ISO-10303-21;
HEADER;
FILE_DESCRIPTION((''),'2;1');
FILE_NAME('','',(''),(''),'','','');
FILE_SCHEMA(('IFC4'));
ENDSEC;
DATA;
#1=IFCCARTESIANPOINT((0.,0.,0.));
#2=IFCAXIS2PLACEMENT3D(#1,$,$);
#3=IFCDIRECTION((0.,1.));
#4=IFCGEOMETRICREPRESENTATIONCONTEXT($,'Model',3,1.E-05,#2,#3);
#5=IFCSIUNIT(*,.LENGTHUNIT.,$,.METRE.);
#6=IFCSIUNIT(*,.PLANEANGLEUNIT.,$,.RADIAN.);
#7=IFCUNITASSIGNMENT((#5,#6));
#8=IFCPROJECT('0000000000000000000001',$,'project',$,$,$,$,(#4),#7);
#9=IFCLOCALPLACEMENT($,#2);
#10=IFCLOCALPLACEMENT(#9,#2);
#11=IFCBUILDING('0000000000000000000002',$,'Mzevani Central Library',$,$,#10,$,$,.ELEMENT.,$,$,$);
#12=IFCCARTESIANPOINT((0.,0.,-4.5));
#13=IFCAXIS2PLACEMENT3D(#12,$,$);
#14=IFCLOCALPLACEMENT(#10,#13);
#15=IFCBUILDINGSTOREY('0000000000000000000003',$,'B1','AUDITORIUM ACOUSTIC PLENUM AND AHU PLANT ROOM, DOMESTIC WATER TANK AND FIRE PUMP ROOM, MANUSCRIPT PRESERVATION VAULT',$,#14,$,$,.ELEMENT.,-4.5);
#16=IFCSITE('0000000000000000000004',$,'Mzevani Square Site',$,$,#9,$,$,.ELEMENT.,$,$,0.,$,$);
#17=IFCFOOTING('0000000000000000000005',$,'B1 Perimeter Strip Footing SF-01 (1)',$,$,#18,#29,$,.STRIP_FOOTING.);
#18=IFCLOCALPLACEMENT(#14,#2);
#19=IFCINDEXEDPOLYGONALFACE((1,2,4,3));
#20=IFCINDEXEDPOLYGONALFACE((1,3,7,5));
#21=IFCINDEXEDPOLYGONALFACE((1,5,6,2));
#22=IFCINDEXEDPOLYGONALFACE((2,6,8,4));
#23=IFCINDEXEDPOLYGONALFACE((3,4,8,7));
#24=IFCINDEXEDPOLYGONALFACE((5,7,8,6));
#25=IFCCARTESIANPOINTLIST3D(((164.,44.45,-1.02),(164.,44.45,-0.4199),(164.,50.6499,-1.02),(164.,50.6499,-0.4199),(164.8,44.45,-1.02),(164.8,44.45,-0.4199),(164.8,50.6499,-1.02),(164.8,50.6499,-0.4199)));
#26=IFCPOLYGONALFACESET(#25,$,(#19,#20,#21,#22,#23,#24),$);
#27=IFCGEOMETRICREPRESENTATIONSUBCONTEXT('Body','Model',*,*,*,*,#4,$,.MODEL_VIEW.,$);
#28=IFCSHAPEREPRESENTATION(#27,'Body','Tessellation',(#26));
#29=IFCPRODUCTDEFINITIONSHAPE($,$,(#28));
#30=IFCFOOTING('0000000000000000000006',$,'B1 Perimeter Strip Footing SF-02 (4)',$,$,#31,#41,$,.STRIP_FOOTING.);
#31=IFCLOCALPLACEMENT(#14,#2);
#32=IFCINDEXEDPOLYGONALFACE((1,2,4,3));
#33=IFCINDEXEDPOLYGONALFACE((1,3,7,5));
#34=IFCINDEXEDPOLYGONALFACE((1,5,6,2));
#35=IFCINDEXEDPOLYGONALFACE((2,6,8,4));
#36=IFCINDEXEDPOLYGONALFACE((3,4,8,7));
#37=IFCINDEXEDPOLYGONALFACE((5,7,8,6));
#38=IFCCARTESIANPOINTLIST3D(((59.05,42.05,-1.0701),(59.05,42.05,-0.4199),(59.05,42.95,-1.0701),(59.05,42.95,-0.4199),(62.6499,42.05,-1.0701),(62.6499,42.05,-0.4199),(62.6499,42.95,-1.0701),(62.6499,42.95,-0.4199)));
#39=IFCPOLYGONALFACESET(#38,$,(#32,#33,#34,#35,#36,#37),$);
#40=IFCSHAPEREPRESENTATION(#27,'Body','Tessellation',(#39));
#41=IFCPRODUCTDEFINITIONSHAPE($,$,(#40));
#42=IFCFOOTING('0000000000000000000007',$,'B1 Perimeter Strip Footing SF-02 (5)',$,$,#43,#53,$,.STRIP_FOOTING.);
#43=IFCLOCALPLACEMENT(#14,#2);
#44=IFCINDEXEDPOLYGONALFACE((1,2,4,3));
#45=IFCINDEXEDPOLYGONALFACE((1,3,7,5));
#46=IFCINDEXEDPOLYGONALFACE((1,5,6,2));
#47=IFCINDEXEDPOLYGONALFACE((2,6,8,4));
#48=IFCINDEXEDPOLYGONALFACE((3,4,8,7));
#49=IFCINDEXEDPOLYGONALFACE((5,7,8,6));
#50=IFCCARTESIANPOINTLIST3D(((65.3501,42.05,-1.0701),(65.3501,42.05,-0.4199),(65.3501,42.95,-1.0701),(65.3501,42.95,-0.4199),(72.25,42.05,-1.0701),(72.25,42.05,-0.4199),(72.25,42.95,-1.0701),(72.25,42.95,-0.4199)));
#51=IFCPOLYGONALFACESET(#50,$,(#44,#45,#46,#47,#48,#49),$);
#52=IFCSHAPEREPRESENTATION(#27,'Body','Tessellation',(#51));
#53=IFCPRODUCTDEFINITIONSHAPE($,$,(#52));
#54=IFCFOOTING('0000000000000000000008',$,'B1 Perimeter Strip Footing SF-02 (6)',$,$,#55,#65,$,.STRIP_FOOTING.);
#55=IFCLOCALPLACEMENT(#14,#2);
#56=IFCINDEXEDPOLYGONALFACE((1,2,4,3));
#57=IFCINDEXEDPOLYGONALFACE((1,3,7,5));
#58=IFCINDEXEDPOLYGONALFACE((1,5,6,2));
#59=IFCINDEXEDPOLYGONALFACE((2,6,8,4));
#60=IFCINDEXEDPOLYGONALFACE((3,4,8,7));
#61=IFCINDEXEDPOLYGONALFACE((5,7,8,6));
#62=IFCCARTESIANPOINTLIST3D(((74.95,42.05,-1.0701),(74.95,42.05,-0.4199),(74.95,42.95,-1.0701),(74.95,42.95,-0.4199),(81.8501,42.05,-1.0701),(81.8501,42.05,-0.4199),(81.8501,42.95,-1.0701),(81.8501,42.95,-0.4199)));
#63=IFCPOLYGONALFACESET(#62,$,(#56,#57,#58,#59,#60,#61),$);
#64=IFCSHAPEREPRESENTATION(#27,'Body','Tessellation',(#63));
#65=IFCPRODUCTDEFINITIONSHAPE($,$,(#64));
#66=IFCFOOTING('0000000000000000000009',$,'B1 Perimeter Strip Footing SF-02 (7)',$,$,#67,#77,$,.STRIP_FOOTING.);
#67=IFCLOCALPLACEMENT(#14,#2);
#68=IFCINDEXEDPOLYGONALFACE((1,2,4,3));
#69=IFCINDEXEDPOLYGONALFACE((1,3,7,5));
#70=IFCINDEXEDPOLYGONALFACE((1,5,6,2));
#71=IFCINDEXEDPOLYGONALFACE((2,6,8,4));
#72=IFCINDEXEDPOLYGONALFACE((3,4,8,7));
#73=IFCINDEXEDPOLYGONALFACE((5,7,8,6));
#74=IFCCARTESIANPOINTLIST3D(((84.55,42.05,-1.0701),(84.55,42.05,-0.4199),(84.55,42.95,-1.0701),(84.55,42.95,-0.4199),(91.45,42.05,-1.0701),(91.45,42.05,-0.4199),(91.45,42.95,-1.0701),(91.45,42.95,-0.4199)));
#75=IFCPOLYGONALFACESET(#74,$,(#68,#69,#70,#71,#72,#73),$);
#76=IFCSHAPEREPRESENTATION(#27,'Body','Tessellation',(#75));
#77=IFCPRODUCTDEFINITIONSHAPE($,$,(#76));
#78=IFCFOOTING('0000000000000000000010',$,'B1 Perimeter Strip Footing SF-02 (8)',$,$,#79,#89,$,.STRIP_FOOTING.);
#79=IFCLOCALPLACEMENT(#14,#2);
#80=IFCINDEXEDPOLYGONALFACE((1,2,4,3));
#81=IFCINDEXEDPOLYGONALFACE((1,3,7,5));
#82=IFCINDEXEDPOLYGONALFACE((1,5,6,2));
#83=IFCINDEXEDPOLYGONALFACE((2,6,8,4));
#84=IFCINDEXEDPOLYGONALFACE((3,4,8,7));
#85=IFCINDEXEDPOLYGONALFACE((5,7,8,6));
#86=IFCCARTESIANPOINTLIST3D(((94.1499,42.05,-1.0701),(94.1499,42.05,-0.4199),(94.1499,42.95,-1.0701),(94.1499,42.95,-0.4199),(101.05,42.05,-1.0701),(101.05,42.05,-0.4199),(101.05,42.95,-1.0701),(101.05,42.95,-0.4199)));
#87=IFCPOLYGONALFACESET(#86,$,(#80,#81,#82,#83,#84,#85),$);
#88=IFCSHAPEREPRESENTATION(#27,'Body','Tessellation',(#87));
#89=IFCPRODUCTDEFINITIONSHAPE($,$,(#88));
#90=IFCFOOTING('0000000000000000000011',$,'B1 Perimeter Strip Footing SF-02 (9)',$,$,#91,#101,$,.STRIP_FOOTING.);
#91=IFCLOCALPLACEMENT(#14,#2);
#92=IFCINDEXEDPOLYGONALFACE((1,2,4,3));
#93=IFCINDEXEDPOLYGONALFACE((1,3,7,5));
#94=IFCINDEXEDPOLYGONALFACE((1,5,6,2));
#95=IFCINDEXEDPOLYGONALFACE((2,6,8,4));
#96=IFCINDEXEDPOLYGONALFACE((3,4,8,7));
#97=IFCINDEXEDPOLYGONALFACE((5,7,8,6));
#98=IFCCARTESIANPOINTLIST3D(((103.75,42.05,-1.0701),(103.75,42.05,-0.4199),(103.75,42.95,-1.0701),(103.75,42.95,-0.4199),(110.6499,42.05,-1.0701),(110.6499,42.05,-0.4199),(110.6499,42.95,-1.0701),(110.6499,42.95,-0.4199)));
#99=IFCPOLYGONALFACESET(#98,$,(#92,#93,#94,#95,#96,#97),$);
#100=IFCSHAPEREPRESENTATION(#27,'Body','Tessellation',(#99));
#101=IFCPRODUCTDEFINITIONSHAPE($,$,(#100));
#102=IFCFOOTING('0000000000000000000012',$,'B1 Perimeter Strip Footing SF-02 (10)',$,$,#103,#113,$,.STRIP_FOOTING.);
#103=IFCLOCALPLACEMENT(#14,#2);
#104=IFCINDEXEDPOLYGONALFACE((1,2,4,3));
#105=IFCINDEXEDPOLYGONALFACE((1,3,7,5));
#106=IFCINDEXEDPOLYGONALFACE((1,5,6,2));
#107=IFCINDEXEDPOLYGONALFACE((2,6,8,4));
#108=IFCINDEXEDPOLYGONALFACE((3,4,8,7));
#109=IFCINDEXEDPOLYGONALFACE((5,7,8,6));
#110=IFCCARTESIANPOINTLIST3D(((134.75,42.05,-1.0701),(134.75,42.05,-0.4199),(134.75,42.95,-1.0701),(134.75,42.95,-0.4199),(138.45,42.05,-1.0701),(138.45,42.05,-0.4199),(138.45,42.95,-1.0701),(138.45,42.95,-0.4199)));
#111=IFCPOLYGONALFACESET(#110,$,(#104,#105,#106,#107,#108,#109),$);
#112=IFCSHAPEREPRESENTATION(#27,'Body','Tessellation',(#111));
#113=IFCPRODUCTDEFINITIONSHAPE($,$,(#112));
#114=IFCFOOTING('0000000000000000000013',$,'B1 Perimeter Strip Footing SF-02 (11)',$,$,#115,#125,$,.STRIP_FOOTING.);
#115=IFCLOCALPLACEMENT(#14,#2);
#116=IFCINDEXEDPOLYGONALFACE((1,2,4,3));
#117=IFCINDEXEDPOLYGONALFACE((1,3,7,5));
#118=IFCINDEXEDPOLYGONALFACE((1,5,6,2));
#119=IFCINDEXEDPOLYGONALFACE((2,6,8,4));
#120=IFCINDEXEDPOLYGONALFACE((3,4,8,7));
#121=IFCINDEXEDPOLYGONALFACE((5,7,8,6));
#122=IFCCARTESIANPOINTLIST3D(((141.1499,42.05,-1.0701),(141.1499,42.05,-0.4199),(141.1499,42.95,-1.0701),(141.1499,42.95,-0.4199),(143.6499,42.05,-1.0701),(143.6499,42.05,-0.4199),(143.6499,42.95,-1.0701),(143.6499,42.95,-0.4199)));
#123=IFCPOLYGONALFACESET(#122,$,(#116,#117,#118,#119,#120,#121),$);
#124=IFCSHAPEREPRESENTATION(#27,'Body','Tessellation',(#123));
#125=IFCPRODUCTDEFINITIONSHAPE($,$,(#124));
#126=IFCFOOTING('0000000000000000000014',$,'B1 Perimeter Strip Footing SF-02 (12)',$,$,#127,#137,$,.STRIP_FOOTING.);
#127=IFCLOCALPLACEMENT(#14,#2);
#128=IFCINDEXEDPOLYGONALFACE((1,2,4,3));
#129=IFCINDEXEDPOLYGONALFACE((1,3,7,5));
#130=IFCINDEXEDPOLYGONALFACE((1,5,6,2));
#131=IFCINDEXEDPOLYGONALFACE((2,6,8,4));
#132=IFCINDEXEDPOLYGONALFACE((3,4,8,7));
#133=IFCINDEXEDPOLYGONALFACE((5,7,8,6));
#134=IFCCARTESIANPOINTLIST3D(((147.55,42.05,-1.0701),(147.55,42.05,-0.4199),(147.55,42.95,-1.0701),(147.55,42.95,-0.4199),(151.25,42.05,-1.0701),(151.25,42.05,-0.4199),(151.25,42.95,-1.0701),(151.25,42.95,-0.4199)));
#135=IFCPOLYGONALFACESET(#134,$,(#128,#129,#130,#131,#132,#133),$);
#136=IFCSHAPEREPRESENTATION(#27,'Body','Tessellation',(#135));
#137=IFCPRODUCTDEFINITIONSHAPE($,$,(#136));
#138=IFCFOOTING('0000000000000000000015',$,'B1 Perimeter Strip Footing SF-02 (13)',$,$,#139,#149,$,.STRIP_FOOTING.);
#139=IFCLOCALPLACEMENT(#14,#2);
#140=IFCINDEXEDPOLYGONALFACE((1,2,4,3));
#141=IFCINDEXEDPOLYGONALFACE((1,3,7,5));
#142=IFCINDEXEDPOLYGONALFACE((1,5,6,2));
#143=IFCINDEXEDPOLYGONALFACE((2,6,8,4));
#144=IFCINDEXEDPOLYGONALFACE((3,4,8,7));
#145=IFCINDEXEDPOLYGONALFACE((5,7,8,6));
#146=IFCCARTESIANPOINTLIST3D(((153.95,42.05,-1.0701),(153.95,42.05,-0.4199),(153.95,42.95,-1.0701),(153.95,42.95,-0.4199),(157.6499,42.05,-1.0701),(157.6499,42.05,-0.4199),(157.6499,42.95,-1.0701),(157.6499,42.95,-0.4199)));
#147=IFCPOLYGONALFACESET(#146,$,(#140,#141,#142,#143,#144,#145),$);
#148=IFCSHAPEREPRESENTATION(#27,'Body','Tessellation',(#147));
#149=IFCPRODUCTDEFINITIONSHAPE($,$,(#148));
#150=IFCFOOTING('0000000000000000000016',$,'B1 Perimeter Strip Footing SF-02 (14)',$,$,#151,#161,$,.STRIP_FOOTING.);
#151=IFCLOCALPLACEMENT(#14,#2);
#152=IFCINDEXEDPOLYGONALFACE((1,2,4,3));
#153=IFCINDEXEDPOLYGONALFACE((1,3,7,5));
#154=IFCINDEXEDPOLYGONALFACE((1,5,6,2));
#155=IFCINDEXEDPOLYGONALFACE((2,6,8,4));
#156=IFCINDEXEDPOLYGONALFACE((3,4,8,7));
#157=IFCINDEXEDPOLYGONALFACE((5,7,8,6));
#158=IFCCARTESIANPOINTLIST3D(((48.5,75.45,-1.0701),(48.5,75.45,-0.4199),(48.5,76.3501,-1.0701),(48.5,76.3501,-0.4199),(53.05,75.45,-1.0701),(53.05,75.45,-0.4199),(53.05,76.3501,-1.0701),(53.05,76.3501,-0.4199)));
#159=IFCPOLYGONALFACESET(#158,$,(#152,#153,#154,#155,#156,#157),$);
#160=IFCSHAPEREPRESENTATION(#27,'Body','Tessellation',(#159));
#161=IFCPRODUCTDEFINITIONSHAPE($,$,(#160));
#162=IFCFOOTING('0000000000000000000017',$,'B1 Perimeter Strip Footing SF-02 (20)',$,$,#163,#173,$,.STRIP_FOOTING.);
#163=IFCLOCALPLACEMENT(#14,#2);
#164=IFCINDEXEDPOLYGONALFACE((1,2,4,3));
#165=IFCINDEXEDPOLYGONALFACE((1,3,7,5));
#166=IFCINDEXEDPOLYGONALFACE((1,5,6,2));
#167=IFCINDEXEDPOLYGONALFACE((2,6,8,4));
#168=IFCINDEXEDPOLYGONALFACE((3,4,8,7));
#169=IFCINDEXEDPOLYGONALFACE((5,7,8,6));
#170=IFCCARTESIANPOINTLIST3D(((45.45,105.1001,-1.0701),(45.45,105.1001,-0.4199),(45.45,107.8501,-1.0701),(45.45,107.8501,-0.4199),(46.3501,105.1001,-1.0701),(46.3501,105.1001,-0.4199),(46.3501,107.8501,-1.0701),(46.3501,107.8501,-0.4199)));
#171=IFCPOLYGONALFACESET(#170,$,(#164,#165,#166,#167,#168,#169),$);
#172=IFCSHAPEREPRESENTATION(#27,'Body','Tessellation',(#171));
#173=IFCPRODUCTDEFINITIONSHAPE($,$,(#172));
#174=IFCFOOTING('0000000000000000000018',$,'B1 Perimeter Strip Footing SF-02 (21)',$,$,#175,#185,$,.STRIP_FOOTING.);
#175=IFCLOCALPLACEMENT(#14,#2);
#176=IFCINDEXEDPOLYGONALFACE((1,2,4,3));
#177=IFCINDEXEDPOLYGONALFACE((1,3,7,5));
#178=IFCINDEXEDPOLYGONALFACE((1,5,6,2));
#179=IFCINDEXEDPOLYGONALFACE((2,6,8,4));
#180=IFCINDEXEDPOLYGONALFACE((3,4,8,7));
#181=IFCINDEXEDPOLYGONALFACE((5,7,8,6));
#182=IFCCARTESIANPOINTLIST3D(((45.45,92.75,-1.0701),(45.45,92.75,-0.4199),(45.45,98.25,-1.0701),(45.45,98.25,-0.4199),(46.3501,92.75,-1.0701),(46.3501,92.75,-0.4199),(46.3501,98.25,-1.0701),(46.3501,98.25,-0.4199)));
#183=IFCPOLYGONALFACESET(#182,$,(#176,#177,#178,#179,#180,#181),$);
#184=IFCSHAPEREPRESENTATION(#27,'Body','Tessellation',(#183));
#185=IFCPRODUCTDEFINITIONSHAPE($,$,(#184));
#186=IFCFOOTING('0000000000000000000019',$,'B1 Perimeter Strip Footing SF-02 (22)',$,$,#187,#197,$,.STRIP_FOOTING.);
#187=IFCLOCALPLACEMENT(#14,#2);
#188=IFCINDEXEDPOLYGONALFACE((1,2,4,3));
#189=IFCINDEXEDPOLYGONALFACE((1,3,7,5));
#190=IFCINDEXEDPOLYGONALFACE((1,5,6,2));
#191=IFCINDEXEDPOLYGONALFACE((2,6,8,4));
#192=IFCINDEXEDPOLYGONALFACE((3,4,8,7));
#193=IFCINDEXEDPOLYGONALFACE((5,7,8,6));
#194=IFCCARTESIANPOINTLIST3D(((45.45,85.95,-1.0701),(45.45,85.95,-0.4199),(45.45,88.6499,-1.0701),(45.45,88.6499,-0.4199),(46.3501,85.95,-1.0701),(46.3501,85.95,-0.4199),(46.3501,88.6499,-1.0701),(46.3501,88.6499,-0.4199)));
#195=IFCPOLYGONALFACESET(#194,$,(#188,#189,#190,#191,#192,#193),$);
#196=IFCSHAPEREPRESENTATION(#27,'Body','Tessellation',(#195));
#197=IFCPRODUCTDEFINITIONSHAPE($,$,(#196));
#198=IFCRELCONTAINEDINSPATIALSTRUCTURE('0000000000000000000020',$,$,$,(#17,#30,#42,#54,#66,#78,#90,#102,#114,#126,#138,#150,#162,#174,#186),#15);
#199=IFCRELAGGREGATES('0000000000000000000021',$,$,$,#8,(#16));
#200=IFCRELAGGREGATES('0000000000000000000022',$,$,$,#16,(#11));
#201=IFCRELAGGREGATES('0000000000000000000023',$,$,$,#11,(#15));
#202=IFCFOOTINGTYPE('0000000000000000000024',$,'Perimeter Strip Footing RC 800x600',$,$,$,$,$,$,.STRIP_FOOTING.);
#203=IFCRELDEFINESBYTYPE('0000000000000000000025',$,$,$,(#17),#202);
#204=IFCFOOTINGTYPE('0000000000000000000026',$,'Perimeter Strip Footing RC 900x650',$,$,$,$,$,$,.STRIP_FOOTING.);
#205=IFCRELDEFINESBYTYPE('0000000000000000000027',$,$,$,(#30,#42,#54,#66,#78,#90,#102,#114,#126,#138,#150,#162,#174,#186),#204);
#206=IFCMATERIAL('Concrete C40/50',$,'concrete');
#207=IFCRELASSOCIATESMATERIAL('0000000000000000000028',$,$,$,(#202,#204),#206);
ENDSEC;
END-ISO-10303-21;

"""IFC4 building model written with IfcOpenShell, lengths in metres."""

from ifc_helpers import new_model, si_unit, direction, frame, origin, place, context, subcontext, project, spatial, polyline, outline, extrude, material, type_object, element, save


model = new_model("IFC4")

# Units and contexts
model_context = context("Model", 3, precision=1e-05, world=origin(), true_north=direction((0.0, 1.0)))
body_context = subcontext(model_context, "Body", "Model", "MODEL_VIEW")
ifc_project = project(units=[si_unit("LENGTHUNIT", "METRE"), si_unit("PLANEANGLEUNIT", "RADIAN")], contexts=[model_context])

# Site, building, storey
site_placement = place(None, origin())
site = spatial("IfcSite", under=ifc_project, at=site_placement, Name="Mzevani Square Site", CompositionType="ELEMENT", RefElevation=0.0)
building_placement = place(site_placement, origin())
building = spatial("IfcBuilding", under=site, at=building_placement, Name="Mzevani Central Library", CompositionType="ELEMENT")
storey_placement = place(building_placement, frame((0.0, 0.0, -4.5)))
storey = spatial("IfcBuildingStorey", under=building, at=storey_placement, Name="B1", Description="AUDITORIUM ACOUSTIC PLENUM AND AHU PLANT ROOM, DOMESTIC WATER TANK AND FIRE PUMP ROOM, MANUSCRIPT PRESERVATION VAULT", CompositionType="ELEMENT", Elevation=-4.5)

# Footings
ifc_material = material(Name="Concrete C40/50", Category="concrete")
footing_type_1 = type_object("IfcFootingType", Name="Perimeter Strip Footing RC 800x600", PredefinedType="STRIP_FOOTING", material=ifc_material)
footing_1_placement = place(storey_placement, frame((0.0, 0.0, -1.02)))
element("IfcFooting", 1, at=footing_1_placement, inside=storey, type_object=footing_type_1, Name="B1 Perimeter Strip Footing SF-01 (1)", PredefinedType="STRIP_FOOTING", context=body_context, shape_type="SweptSolid", body=[
    extrude(outline(polyline([(164.0, 50.6499), (164.8, 50.6499), (164.8, 44.45), (164.0, 44.45), (164.0, 50.6499)])), origin(), (0.0, 0.0, 1.0), 0.6001),
])
footing_type_2 = type_object("IfcFootingType", Name="Perimeter Strip Footing RC 900x650", PredefinedType="STRIP_FOOTING", material=ifc_material)
footing_2_placement = place(storey_placement, frame((0.0, 0.0, -1.0701)))
element("IfcFooting", 2, at=footing_2_placement, inside=storey, type_object=footing_type_2, Name="B1 Perimeter Strip Footing SF-02 (4)", PredefinedType="STRIP_FOOTING", context=body_context, shape_type="SweptSolid", body=[
    extrude(outline(polyline([(62.6499, 42.05), (59.05, 42.05), (59.05, 42.95), (62.6499, 42.95), (62.6499, 42.05)])), origin(), (0.0, 0.0, 1.0), 0.6501),
])
footing_3_placement = place(storey_placement, frame((0.0, 0.0, -1.0701)))
element("IfcFooting", 3, at=footing_3_placement, inside=storey, type_object=footing_type_2, Name="B1 Perimeter Strip Footing SF-02 (5)", PredefinedType="STRIP_FOOTING", context=body_context, shape_type="SweptSolid", body=[
    extrude(outline(polyline([(72.25, 42.05), (65.3501, 42.05), (65.3501, 42.95), (72.25, 42.95), (72.25, 42.05)])), origin(), (0.0, 0.0, 1.0), 0.6501),
])
footing_4_placement = place(storey_placement, frame((0.0, 0.0, -1.0701)))
element("IfcFooting", 4, at=footing_4_placement, inside=storey, type_object=footing_type_2, Name="B1 Perimeter Strip Footing SF-02 (6)", PredefinedType="STRIP_FOOTING", context=body_context, shape_type="SweptSolid", body=[
    extrude(outline(polyline([(81.8501, 42.05), (74.95, 42.05), (74.95, 42.95), (81.8501, 42.95), (81.8501, 42.05)])), origin(), (0.0, 0.0, 1.0), 0.6501),
])
footing_5_placement = place(storey_placement, frame((0.0, 0.0, -1.0701)))
element("IfcFooting", 5, at=footing_5_placement, inside=storey, type_object=footing_type_2, Name="B1 Perimeter Strip Footing SF-02 (7)", PredefinedType="STRIP_FOOTING", context=body_context, shape_type="SweptSolid", body=[
    extrude(outline(polyline([(91.45, 42.05), (84.55, 42.05), (84.55, 42.95), (91.45, 42.95), (91.45, 42.05)])), origin(), (0.0, 0.0, 1.0), 0.6501),
])
footing_6_placement = place(storey_placement, frame((0.0, 0.0, -1.0701)))
element("IfcFooting", 6, at=footing_6_placement, inside=storey, type_object=footing_type_2, Name="B1 Perimeter Strip Footing SF-02 (8)", PredefinedType="STRIP_FOOTING", context=body_context, shape_type="SweptSolid", body=[
    extrude(outline(polyline([(101.05, 42.05), (94.1499, 42.05), (94.1499, 42.95), (101.05, 42.95), (101.05, 42.05)])), origin(), (0.0, 0.0, 1.0), 0.6501),
])
footing_7_placement = place(storey_placement, frame((0.0, 0.0, -1.0701)))
element("IfcFooting", 7, at=footing_7_placement, inside=storey, type_object=footing_type_2, Name="B1 Perimeter Strip Footing SF-02 (9)", PredefinedType="STRIP_FOOTING", context=body_context, shape_type="SweptSolid", body=[
    extrude(outline(polyline([(110.6499, 42.05), (103.75, 42.05), (103.75, 42.95), (110.6499, 42.95), (110.6499, 42.05)])), origin(), (0.0, 0.0, 1.0), 0.6501),
])
footing_8_placement = place(storey_placement, frame((0.0, 0.0, -1.0701)))
element("IfcFooting", 8, at=footing_8_placement, inside=storey, type_object=footing_type_2, Name="B1 Perimeter Strip Footing SF-02 (10)", PredefinedType="STRIP_FOOTING", context=body_context, shape_type="SweptSolid", body=[
    extrude(outline(polyline([(138.45, 42.05), (134.75, 42.05), (134.75, 42.95), (138.45, 42.95), (138.45, 42.05)])), origin(), (0.0, 0.0, 1.0), 0.6501),
])
footing_9_placement = place(storey_placement, frame((0.0, 0.0, -1.0701)))
element("IfcFooting", 9, at=footing_9_placement, inside=storey, type_object=footing_type_2, Name="B1 Perimeter Strip Footing SF-02 (11)", PredefinedType="STRIP_FOOTING", context=body_context, shape_type="SweptSolid", body=[
    extrude(outline(polyline([(143.6499, 42.05), (141.1499, 42.05), (141.1499, 42.95), (143.6499, 42.95), (143.6499, 42.05)])), origin(), (0.0, 0.0, 1.0), 0.6501),
])
footing_10_placement = place(storey_placement, frame((0.0, 0.0, -1.0701)))
element("IfcFooting", 10, at=footing_10_placement, inside=storey, type_object=footing_type_2, Name="B1 Perimeter Strip Footing SF-02 (12)", PredefinedType="STRIP_FOOTING", context=body_context, shape_type="SweptSolid", body=[
    extrude(outline(polyline([(151.25, 42.05), (147.55, 42.05), (147.55, 42.95), (151.25, 42.95), (151.25, 42.05)])), origin(), (0.0, 0.0, 1.0), 0.6501),
])
footing_11_placement = place(storey_placement, frame((0.0, 0.0, -1.0701)))
element("IfcFooting", 11, at=footing_11_placement, inside=storey, type_object=footing_type_2, Name="B1 Perimeter Strip Footing SF-02 (13)", PredefinedType="STRIP_FOOTING", context=body_context, shape_type="SweptSolid", body=[
    extrude(outline(polyline([(157.6499, 42.05), (153.95, 42.05), (153.95, 42.95), (157.6499, 42.95), (157.6499, 42.05)])), origin(), (0.0, 0.0, 1.0), 0.6501),
])
footing_12_placement = place(storey_placement, frame((0.0, 0.0, -1.0701)))
element("IfcFooting", 12, at=footing_12_placement, inside=storey, type_object=footing_type_2, Name="B1 Perimeter Strip Footing SF-02 (14)", PredefinedType="STRIP_FOOTING", context=body_context, shape_type="SweptSolid", body=[
    extrude(outline(polyline([(48.5, 76.3501), (53.05, 76.3501), (53.05, 75.45), (48.5, 75.45), (48.5, 76.3501)])), origin(), (0.0, 0.0, 1.0), 0.6501),
])
footing_13_placement = place(storey_placement, frame((0.0, 0.0, -1.0701)))
element("IfcFooting", 13, at=footing_13_placement, inside=storey, type_object=footing_type_2, Name="B1 Perimeter Strip Footing SF-02 (20)", PredefinedType="STRIP_FOOTING", context=body_context, shape_type="SweptSolid", body=[
    extrude(outline(polyline([(45.45, 105.1001), (45.45, 107.8501), (46.3501, 107.8501), (46.3501, 105.1001), (45.45, 105.1001)])), origin(), (0.0, 0.0, 1.0), 0.6501),
])
footing_14_placement = place(storey_placement, frame((0.0, 0.0, -1.0701)))
element("IfcFooting", 14, at=footing_14_placement, inside=storey, type_object=footing_type_2, Name="B1 Perimeter Strip Footing SF-02 (21)", PredefinedType="STRIP_FOOTING", context=body_context, shape_type="SweptSolid", body=[
    extrude(outline(polyline([(45.45, 92.75), (45.45, 98.25), (46.3501, 98.25), (46.3501, 92.75), (45.45, 92.75)])), origin(), (0.0, 0.0, 1.0), 0.6501),
])
footing_15_placement = place(storey_placement, frame((0.0, 0.0, -1.0701)))
element("IfcFooting", 15, at=footing_15_placement, inside=storey, type_object=footing_type_2, Name="B1 Perimeter Strip Footing SF-02 (22)", PredefinedType="STRIP_FOOTING", context=body_context, shape_type="SweptSolid", body=[
    extrude(outline(polyline([(45.45, 85.95), (45.45, 88.6499), (46.3501, 88.6499), (46.3501, 85.95), (45.45, 85.95)])), origin(), (0.0, 0.0, 1.0), 0.6501),
])

save(model, "model.ifc")
